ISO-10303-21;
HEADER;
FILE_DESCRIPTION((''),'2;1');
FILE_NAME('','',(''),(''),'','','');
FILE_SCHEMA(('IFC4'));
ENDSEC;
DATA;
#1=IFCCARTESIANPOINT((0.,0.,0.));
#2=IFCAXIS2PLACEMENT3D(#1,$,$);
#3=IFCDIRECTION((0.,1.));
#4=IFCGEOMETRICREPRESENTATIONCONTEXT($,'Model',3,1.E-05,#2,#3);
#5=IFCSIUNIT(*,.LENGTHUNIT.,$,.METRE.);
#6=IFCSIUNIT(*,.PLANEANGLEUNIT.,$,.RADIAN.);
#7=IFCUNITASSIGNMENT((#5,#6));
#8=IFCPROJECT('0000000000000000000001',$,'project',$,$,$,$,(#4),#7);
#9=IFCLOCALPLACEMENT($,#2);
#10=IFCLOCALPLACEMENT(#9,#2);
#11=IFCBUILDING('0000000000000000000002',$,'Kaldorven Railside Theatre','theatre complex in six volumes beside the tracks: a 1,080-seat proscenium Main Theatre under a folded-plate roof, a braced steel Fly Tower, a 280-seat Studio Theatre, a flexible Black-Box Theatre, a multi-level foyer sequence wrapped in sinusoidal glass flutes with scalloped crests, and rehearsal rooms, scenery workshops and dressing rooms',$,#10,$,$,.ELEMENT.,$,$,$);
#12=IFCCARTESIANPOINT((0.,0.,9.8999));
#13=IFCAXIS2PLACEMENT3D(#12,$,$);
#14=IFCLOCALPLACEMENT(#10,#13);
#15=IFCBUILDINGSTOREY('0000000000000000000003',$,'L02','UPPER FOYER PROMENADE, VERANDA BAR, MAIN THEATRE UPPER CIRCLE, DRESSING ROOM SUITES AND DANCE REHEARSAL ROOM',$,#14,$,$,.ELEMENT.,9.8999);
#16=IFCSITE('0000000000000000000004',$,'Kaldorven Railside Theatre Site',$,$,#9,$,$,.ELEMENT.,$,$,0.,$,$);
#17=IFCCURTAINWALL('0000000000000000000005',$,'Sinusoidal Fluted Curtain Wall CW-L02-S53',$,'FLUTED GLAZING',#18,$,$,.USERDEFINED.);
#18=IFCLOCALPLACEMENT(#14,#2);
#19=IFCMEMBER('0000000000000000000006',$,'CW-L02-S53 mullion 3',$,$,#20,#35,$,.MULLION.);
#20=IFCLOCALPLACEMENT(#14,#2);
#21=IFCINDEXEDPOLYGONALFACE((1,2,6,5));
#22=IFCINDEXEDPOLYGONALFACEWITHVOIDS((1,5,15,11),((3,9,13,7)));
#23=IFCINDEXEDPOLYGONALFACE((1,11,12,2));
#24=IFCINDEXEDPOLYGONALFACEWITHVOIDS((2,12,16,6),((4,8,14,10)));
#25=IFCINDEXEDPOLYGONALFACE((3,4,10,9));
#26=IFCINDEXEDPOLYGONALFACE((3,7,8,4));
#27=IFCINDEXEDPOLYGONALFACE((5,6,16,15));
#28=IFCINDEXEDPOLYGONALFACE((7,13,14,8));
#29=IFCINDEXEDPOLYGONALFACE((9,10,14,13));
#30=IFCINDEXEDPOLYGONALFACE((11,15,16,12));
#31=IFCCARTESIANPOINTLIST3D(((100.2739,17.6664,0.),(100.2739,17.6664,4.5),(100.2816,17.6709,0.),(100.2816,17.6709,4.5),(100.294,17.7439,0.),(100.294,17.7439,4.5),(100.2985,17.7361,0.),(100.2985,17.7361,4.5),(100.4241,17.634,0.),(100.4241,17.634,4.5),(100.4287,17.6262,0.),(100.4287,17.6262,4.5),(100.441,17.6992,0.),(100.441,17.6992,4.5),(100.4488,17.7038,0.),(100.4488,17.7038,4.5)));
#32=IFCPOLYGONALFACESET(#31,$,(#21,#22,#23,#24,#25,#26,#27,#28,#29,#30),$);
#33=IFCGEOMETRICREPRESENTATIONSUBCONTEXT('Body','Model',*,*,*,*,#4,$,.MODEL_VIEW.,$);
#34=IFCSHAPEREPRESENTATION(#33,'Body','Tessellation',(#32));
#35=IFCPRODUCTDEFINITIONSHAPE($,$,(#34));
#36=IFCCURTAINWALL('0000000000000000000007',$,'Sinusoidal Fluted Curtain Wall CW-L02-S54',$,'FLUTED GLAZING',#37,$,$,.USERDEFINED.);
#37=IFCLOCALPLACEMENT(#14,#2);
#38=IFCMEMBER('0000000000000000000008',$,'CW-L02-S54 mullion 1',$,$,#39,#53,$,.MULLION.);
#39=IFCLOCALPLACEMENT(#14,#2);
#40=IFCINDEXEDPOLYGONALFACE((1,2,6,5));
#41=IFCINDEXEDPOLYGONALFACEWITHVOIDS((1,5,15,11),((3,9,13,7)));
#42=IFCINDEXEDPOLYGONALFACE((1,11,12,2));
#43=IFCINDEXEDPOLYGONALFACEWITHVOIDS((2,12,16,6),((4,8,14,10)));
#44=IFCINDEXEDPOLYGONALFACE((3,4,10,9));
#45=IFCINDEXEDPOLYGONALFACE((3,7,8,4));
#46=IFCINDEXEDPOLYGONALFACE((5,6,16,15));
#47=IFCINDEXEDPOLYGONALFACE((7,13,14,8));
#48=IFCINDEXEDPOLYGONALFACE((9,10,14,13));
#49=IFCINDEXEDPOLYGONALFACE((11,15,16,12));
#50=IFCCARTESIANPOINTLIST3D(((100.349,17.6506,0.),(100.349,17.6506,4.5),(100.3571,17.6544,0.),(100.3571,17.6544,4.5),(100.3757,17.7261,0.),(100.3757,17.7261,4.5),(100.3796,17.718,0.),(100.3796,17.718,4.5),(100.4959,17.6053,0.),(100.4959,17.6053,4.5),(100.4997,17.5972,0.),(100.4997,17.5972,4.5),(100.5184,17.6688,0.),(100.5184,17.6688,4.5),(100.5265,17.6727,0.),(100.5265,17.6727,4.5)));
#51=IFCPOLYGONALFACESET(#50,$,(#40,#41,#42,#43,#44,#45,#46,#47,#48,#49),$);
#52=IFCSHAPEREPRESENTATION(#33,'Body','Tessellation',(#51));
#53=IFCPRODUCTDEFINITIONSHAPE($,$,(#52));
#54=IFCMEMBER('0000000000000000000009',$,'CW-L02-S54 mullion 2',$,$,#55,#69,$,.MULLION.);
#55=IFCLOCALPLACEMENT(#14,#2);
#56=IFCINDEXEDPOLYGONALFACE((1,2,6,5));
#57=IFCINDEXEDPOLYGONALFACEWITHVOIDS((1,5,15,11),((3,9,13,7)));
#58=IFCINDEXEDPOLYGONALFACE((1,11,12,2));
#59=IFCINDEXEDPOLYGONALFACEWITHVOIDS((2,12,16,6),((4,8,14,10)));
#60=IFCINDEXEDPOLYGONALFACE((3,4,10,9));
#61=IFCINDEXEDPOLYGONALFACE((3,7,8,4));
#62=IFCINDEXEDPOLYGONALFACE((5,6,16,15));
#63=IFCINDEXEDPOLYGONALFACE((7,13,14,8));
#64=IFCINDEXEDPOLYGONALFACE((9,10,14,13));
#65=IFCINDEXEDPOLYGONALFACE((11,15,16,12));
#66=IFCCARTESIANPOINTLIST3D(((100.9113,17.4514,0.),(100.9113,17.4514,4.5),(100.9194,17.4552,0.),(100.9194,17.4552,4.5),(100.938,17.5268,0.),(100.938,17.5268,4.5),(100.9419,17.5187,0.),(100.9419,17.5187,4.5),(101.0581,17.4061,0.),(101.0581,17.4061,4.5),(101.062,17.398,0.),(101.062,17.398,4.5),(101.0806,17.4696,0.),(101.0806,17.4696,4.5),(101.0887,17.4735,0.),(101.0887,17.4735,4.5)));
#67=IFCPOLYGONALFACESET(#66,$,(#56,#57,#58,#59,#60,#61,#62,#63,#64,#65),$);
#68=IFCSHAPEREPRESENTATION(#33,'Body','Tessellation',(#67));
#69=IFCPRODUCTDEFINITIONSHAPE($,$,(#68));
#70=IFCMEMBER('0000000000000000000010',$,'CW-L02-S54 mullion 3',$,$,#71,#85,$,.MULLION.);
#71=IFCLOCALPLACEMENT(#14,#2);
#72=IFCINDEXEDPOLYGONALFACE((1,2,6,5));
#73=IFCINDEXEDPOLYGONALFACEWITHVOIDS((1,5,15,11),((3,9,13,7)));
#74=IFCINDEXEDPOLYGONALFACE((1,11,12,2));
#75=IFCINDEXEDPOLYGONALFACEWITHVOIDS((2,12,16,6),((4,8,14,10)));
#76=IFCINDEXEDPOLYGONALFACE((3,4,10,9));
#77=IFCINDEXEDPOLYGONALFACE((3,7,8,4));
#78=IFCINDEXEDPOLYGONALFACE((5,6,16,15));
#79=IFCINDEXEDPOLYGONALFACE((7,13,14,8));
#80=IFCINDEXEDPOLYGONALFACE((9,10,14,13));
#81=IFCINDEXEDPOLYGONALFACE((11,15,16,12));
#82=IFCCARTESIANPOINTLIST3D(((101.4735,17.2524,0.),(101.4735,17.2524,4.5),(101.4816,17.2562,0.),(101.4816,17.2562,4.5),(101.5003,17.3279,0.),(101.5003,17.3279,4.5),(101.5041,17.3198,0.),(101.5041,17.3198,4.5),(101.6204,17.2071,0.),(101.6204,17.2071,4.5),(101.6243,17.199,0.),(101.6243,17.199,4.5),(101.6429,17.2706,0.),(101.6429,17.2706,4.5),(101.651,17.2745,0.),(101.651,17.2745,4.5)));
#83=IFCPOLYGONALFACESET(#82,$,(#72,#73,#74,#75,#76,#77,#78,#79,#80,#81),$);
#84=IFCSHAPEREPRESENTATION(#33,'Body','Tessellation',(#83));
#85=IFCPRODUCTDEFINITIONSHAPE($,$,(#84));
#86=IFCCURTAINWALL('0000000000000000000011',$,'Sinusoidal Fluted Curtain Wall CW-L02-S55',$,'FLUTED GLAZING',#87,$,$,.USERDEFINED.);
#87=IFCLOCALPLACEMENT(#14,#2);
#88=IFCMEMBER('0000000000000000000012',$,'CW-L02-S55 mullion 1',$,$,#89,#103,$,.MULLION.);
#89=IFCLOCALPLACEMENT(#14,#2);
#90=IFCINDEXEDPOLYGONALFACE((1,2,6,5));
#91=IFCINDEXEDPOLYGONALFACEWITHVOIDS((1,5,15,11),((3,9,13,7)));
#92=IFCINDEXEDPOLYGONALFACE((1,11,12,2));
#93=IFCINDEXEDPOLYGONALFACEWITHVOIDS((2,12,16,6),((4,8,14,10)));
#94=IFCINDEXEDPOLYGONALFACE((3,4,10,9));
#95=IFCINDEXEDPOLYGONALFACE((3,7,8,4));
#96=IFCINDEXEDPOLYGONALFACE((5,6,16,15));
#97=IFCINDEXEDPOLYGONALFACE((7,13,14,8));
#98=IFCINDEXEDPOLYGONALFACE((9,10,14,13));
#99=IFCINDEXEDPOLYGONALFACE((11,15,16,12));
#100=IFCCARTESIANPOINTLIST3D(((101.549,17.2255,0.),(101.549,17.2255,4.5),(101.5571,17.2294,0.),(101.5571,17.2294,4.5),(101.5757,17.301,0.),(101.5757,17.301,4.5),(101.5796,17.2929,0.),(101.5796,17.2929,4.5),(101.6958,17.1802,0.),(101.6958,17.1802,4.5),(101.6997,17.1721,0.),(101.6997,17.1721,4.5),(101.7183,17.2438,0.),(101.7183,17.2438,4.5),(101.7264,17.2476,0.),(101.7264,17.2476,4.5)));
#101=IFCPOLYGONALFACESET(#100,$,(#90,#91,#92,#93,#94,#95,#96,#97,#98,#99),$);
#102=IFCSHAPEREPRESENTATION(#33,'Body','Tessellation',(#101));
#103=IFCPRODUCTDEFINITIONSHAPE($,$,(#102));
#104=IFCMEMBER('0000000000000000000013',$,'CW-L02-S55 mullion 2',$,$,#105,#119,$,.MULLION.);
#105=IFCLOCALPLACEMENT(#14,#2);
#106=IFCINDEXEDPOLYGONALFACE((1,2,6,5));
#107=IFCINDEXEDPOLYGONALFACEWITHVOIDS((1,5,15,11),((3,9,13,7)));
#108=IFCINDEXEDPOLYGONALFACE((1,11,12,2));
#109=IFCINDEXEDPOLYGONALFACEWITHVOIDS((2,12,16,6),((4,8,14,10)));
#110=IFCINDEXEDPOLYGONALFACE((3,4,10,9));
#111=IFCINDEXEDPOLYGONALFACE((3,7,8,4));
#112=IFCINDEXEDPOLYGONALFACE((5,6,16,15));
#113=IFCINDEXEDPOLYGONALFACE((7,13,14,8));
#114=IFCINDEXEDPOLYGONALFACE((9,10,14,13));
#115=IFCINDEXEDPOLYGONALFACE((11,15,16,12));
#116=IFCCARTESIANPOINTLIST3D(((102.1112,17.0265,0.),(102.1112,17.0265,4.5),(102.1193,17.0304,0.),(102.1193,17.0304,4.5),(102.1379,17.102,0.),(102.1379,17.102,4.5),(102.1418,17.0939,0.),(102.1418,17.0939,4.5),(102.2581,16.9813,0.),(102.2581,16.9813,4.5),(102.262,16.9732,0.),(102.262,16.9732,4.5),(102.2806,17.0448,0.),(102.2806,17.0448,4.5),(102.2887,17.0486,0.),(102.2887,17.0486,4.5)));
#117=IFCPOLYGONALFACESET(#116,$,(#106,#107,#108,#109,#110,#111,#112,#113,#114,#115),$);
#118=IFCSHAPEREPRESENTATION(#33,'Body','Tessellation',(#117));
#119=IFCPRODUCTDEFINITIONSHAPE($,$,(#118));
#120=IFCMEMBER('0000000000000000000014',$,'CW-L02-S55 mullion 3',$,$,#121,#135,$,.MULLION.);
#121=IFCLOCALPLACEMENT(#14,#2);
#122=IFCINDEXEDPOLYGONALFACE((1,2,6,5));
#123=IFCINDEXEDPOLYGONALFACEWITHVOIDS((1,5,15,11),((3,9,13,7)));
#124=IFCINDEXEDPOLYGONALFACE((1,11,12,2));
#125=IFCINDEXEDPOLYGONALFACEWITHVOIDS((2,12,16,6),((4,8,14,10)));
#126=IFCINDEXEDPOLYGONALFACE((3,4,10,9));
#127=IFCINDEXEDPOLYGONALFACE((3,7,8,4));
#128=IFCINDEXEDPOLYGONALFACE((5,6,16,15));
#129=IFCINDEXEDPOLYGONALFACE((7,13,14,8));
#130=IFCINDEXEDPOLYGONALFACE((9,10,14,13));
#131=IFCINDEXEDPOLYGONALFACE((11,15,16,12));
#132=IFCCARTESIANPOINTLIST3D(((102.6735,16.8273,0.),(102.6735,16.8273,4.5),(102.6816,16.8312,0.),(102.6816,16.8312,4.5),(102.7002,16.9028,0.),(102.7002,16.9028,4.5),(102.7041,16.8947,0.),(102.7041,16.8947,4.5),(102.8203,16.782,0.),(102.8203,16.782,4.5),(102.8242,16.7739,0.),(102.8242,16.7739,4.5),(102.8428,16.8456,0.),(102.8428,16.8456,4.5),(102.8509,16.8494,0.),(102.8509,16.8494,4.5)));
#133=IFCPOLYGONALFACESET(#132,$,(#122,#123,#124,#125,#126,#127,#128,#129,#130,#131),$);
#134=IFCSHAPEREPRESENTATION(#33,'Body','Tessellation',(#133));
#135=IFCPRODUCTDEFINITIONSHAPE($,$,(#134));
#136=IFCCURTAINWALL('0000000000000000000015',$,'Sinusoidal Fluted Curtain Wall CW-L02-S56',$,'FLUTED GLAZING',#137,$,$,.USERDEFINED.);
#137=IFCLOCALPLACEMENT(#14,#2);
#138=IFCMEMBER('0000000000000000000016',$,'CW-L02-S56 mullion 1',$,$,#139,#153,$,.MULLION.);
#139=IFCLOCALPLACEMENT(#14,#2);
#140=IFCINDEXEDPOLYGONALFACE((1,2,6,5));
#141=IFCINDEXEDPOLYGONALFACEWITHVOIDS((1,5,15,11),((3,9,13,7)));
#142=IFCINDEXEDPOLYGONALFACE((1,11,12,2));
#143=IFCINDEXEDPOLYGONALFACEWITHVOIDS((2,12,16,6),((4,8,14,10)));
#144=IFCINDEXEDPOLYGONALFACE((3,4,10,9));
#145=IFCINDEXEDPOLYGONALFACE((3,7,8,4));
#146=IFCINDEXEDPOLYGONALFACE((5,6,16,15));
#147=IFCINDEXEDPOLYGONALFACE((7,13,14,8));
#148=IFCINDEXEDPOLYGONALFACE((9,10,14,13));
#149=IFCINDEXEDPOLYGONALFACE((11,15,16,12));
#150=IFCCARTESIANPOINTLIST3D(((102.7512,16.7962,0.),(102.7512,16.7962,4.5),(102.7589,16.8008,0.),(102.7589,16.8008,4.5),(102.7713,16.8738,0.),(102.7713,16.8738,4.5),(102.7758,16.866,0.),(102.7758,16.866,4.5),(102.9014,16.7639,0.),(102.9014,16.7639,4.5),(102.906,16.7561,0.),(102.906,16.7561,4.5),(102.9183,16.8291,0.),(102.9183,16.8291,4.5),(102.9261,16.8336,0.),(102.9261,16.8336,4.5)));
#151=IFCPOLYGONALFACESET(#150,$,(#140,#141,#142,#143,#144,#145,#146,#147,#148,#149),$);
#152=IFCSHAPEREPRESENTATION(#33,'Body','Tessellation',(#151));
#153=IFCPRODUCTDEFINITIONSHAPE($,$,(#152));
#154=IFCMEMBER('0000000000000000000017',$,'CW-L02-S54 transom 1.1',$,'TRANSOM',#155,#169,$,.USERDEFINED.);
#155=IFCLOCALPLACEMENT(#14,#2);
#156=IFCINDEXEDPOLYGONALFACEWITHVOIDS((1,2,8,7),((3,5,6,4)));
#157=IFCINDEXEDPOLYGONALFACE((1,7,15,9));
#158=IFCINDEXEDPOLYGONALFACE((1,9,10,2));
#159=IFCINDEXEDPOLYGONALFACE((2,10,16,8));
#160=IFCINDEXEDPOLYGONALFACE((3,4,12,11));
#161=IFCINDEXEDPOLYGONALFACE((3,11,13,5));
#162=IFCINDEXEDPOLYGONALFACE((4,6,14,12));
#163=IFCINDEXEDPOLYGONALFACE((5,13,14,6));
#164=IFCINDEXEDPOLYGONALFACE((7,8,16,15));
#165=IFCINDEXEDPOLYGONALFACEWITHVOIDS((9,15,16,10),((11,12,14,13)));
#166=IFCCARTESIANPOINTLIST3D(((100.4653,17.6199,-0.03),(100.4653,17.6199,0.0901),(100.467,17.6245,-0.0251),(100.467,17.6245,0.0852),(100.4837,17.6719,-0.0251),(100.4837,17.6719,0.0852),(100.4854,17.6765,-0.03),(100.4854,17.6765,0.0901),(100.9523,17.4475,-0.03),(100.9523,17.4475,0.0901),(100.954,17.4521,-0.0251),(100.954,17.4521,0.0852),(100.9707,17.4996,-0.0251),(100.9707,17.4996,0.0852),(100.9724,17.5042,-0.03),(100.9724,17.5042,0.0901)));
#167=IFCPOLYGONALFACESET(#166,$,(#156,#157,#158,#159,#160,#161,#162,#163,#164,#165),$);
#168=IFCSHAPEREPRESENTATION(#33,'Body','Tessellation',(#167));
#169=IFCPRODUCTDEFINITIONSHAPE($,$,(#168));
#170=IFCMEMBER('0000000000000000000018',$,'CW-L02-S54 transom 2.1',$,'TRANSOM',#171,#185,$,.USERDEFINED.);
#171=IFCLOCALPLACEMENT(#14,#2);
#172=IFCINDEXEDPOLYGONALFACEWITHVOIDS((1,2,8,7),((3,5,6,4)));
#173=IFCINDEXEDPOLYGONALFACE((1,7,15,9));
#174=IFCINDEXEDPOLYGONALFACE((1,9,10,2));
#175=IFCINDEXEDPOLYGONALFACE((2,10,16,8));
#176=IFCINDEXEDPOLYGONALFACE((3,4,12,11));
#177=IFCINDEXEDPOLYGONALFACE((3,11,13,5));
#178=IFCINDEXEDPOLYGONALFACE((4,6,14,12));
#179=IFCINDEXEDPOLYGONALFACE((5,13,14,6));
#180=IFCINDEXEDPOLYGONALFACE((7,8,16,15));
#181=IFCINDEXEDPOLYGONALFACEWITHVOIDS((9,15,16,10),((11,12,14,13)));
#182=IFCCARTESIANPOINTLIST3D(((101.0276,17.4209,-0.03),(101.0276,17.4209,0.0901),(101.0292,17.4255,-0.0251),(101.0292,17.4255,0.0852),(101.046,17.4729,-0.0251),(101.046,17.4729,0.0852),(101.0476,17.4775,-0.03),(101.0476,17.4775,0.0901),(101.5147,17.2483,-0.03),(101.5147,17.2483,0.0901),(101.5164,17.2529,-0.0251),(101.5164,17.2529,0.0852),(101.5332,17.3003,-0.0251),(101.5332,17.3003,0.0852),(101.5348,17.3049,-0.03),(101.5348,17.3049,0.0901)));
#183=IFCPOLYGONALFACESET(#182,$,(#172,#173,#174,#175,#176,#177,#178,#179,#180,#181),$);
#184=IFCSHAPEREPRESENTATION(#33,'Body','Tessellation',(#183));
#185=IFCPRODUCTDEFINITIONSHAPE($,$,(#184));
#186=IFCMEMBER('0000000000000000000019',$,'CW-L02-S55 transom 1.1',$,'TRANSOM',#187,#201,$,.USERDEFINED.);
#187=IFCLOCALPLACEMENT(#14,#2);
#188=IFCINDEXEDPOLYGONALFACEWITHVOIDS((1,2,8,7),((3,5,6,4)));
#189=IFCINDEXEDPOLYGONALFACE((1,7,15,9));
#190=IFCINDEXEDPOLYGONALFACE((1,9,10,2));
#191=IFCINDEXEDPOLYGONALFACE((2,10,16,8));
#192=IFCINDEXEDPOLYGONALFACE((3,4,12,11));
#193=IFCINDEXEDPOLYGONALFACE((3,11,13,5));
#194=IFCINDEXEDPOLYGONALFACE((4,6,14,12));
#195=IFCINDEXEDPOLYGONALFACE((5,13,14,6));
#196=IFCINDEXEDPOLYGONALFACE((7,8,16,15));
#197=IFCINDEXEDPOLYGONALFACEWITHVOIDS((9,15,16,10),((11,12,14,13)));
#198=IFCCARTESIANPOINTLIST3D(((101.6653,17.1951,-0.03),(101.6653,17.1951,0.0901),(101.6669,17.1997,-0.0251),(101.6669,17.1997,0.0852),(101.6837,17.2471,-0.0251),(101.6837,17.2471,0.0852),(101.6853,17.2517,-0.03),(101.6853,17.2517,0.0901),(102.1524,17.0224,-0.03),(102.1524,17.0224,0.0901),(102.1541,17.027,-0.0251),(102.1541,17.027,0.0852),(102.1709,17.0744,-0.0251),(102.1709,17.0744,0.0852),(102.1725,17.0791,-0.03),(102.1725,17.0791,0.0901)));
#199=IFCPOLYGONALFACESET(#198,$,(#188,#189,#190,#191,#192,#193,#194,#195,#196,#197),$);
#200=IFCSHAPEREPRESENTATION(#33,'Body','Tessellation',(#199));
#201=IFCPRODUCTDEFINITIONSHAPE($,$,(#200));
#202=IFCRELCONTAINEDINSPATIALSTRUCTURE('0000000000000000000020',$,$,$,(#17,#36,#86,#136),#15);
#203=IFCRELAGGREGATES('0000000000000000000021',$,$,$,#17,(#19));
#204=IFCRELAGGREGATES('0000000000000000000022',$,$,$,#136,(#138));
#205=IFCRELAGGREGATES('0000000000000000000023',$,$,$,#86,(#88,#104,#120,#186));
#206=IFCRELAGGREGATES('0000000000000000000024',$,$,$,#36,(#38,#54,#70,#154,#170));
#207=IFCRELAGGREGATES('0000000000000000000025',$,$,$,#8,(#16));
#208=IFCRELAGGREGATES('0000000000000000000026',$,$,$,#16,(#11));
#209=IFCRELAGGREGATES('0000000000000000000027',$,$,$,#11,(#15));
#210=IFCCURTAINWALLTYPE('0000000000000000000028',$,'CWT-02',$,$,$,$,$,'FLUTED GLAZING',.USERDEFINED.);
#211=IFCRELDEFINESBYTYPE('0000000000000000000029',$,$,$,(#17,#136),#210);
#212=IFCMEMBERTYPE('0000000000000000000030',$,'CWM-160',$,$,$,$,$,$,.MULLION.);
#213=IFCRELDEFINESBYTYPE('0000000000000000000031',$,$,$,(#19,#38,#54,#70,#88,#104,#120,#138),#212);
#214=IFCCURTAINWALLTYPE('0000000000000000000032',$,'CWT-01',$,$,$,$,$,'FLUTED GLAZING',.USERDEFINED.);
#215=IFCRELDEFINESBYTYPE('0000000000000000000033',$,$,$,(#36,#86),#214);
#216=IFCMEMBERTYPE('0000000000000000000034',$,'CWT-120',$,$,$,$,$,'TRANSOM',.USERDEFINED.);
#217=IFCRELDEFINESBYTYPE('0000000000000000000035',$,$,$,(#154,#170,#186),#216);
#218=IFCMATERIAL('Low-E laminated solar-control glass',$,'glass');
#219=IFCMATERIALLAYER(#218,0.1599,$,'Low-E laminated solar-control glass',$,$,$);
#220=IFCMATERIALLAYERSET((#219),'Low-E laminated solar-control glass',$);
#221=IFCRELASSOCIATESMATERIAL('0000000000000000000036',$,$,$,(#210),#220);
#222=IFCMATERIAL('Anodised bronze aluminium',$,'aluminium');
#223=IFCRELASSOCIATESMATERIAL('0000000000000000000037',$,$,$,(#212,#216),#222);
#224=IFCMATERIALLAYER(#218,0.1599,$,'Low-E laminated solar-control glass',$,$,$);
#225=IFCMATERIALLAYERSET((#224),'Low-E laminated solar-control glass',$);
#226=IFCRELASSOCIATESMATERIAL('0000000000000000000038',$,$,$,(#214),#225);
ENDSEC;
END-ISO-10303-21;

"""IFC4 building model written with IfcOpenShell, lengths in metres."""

from ifc_helpers import new_model, si_unit, direction, frame, origin, origin_2d, place, context, subcontext, project, spatial, hollow_rectangle, extrude, material, layer, layer_set, material_profile, profile_set, type_object, element, aggregate, save


model = new_model("IFC4")

# Units and contexts
model_context = context("Model", 3, precision=1e-05, world=origin(), true_north=direction((0.0, 1.0)))
body_context = subcontext(model_context, "Body", "Model", "MODEL_VIEW")
ifc_project = project(units=[si_unit("LENGTHUNIT", "METRE"), si_unit("PLANEANGLEUNIT", "RADIAN")], contexts=[model_context])

# Site, building, storey
site_placement = place(None, origin())
site = spatial("IfcSite", under=ifc_project, at=site_placement, Name="Kaldorven Railside Theatre Site", CompositionType="ELEMENT", RefElevation=0.0)
building_placement = place(site_placement, origin())
building = spatial("IfcBuilding", under=site, at=building_placement, Name="Kaldorven Railside Theatre", Description="theatre complex in six volumes beside the tracks: a 1,080-seat proscenium Main Theatre under a folded-plate roof, a braced steel Fly Tower, a 280-seat Studio Theatre, a flexible Black-Box Theatre, a multi-level foyer sequence wrapped in sinusoidal glass flutes with scalloped crests, and rehearsal rooms, scenery workshops and dressing rooms", CompositionType="ELEMENT")
storey_placement = place(building_placement, frame((0.0, 0.0, 9.8999)))
storey = spatial("IfcBuildingStorey", under=building, at=storey_placement, Name="L02", Description="UPPER FOYER PROMENADE, VERANDA BAR, MAIN THEATRE UPPER CIRCLE, DRESSING ROOM SUITES AND DANCE REHEARSAL ROOM", CompositionType="ELEMENT", Elevation=9.8999)

# Curtain wall, member
ifc_material_1 = material(Name="Low-E laminated solar-control glass", Category="glass")
ifc_layer_1 = layer(ifc_material_1, 0.1599, Name="Low-E laminated solar-control glass")
ifc_layer_set_1 = layer_set([ifc_layer_1], Name="Low-E laminated solar-control glass")
curtain_wall_type_1 = type_object("IfcCurtainWallType", Name="CWT-02", ElementType="FLUTED GLAZING", PredefinedType="USERDEFINED", material=ifc_layer_set_1)
curtain_wall_1_placement = place(storey_placement, origin())
curtain_wall_1 = element("IfcCurtainWall", 1, at=curtain_wall_1_placement, inside=storey, type_object=curtain_wall_type_1, Name="Sinusoidal Fluted Curtain Wall CW-L02-S53", ObjectType="FLUTED GLAZING", PredefinedType="USERDEFINED")
ifc_material_2 = material(Name="Anodised bronze aluminium", Category="aluminium")
ifc_material_profile_1 = material_profile(ifc_material_2, hollow_rectangle(XDim=0.0801, YDim=0.1599, WallThickness=0.0063, at=origin_2d()), Name="RHS 160x80x6.3")
ifc_profile_set_1 = profile_set([ifc_material_profile_1], Name="Anodised bronze aluminium")
member_type_1 = type_object("IfcMemberType", Name="CWM-160", PredefinedType="MULLION", material=ifc_profile_set_1)
member_1_placement = place(storey_placement, frame((100.3613, 17.6851, 0.0), z_axis=(0.0, 0.0, 1.0), x_axis=(0.250954, 0.967999, 0.0)))
member_1 = element("IfcMember", 2, at=member_1_placement, type_object=member_type_1, Name="CW-L02-S53 mullion 3", PredefinedType="MULLION", context=body_context, shape_type="SweptSolid", body=[
    extrude(hollow_rectangle(XDim=0.0801, YDim=0.1599, WallThickness=0.0063, at=origin_2d()), origin(), (0.0, 0.0, 1.0), 4.5),
])
aggregate(curtain_wall_1, [member_1])

# Curtain walls, members
ifc_layer_2 = layer(ifc_material_1, 0.1599, Name="Low-E laminated solar-control glass")
ifc_layer_set_2 = layer_set([ifc_layer_2], Name="Low-E laminated solar-control glass")
curtain_wall_type_2 = type_object("IfcCurtainWallType", Name="CWT-01", ElementType="FLUTED GLAZING", PredefinedType="USERDEFINED", material=ifc_layer_set_2)
curtain_wall_2_placement = place(storey_placement, origin())
curtain_wall_2 = element("IfcCurtainWall", 3, at=curtain_wall_2_placement, inside=storey, type_object=curtain_wall_type_2, Name="Sinusoidal Fluted Curtain Wall CW-L02-S54", ObjectType="FLUTED GLAZING", PredefinedType="USERDEFINED")
member_2_placement = place(storey_placement, frame((100.4377, 17.6616, 0.0), z_axis=(0.0, 0.0, 1.0), x_axis=(0.333847, 0.942627, 0.0)))
member_2 = element("IfcMember", 4, at=member_2_placement, type_object=member_type_1, Name="CW-L02-S54 mullion 1", PredefinedType="MULLION", context=body_context, shape_type="SweptSolid", body=[
    extrude(hollow_rectangle(XDim=0.0801, YDim=0.1599, WallThickness=0.0063, at=origin_2d()), origin(), (0.0, 0.0, 1.0), 4.5),
])
member_3_placement = place(storey_placement, frame((101.0, 17.4624, 0.0), z_axis=(0.0, 0.0, 1.0), x_axis=(0.333847, 0.942627, 0.0)))
member_3 = element("IfcMember", 5, at=member_3_placement, type_object=member_type_1, Name="CW-L02-S54 mullion 2", PredefinedType="MULLION", context=body_context, shape_type="SweptSolid", body=[
    extrude(hollow_rectangle(XDim=0.0801, YDim=0.1599, WallThickness=0.0063, at=origin_2d()), origin(), (0.0, 0.0, 1.0), 4.5),
])
member_4_placement = place(storey_placement, frame((101.5623, 17.2634, 0.0), z_axis=(0.0, 0.0, 1.0), x_axis=(0.333847, 0.942627, 0.0)))
member_4 = element("IfcMember", 6, at=member_4_placement, type_object=member_type_1, Name="CW-L02-S54 mullion 3", PredefinedType="MULLION", context=body_context, shape_type="SweptSolid", body=[
    extrude(hollow_rectangle(XDim=0.0801, YDim=0.1599, WallThickness=0.0063, at=origin_2d()), origin(), (0.0, 0.0, 1.0), 4.5),
])
curtain_wall_3_placement = place(storey_placement, origin())
curtain_wall_3 = element("IfcCurtainWall", 7, at=curtain_wall_3_placement, inside=storey, type_object=curtain_wall_type_2, Name="Sinusoidal Fluted Curtain Wall CW-L02-S55", ObjectType="FLUTED GLAZING", PredefinedType="USERDEFINED")
member_5_placement = place(storey_placement, frame((101.6377, 17.2366, 0.0), z_axis=(0.0, 0.0, 1.0), x_axis=(0.333847, 0.942627, 0.0)))
member_5 = element("IfcMember", 8, at=member_5_placement, type_object=member_type_1, Name="CW-L02-S55 mullion 1", PredefinedType="MULLION", context=body_context, shape_type="SweptSolid", body=[
    extrude(hollow_rectangle(XDim=0.0801, YDim=0.1599, WallThickness=0.0063, at=origin_2d()), origin(), (0.0, 0.0, 1.0), 4.5),
])
member_6_placement = place(storey_placement, frame((102.2, 17.0376, 0.0), z_axis=(0.0, 0.0, 1.0), x_axis=(0.333847, 0.942627, 0.0)))
member_6 = element("IfcMember", 9, at=member_6_placement, type_object=member_type_1, Name="CW-L02-S55 mullion 2", PredefinedType="MULLION", context=body_context, shape_type="SweptSolid", body=[
    extrude(hollow_rectangle(XDim=0.0801, YDim=0.1599, WallThickness=0.0063, at=origin_2d()), origin(), (0.0, 0.0, 1.0), 4.5),
])
member_7_placement = place(storey_placement, frame((102.7622, 16.8384, 0.0), z_axis=(0.0, 0.0, 1.0), x_axis=(0.333847, 0.942627, 0.0)))
member_7 = element("IfcMember", 10, at=member_7_placement, type_object=member_type_1, Name="CW-L02-S55 mullion 3", PredefinedType="MULLION", context=body_context, shape_type="SweptSolid", body=[
    extrude(hollow_rectangle(XDim=0.0801, YDim=0.1599, WallThickness=0.0063, at=origin_2d()), origin(), (0.0, 0.0, 1.0), 4.5),
])

# Curtain wall, member
curtain_wall_4_placement = place(storey_placement, origin())
curtain_wall_4 = element("IfcCurtainWall", 11, at=curtain_wall_4_placement, inside=storey, type_object=curtain_wall_type_1, Name="Sinusoidal Fluted Curtain Wall CW-L02-S56", ObjectType="FLUTED GLAZING", PredefinedType="USERDEFINED")
member_8_placement = place(storey_placement, frame((102.8386, 16.8149, 0.0), z_axis=(0.0, 0.0, 1.0), x_axis=(0.250954, 0.967999, 0.0)))
member_8 = element("IfcMember", 12, at=member_8_placement, type_object=member_type_1, Name="CW-L02-S56 mullion 1", PredefinedType="MULLION", context=body_context, shape_type="SweptSolid", body=[
    extrude(hollow_rectangle(XDim=0.0801, YDim=0.1599, WallThickness=0.0063, at=origin_2d()), origin(), (0.0, 0.0, 1.0), 4.5),
])
aggregate(curtain_wall_4, [member_8])

# Members
ifc_material_profile_2 = material_profile(ifc_material_2, hollow_rectangle(XDim=0.0601, YDim=0.1201, WallThickness=0.0049, at=origin_2d()), Name="RHS 120x60x5")
ifc_profile_set_2 = profile_set([ifc_material_profile_2], Name="Anodised bronze aluminium")
member_type_2 = type_object("IfcMemberType", Name="CWT-120", ElementType="TRANSOM", PredefinedType="USERDEFINED", material=ifc_profile_set_2)
member_9_placement = place(storey_placement, frame((100.4753, 17.6482, 0.03), z_axis=(0.942711, -0.333611, 0.0), x_axis=(0.333611, 0.942711, 0.0)))
member_9 = element("IfcMember", 13, at=member_9_placement, type_object=member_type_2, Name="CW-L02-S54 transom 1.1", ObjectType="TRANSOM", PredefinedType="USERDEFINED", context=body_context, shape_type="SweptSolid", body=[
    extrude(hollow_rectangle(XDim=0.0601, YDim=0.1201, WallThickness=0.0049, at=origin_2d()), origin(), (0.0, 0.0, 1.0), 0.5166),
])
member_10_placement = place(storey_placement, frame((101.0376, 17.4492, 0.03), z_axis=(0.942562, -0.334031, 0.0), x_axis=(0.334031, 0.942562, 0.0)))
member_10 = element("IfcMember", 14, at=member_10_placement, type_object=member_type_2, Name="CW-L02-S54 transom 2.1", ObjectType="TRANSOM", PredefinedType="USERDEFINED", context=body_context, shape_type="SweptSolid", body=[
    extrude(hollow_rectangle(XDim=0.0601, YDim=0.1201, WallThickness=0.0049, at=origin_2d()), origin(), (0.0, 0.0, 1.0), 0.5168),
])
member_11_placement = place(storey_placement, frame((101.6753, 17.2234, 0.03), z_axis=(0.942562, -0.334031, 0.0), x_axis=(0.334031, 0.942562, 0.0)))
member_11 = element("IfcMember", 15, at=member_11_placement, type_object=member_type_2, Name="CW-L02-S55 transom 1.1", ObjectType="TRANSOM", PredefinedType="USERDEFINED", context=body_context, shape_type="SweptSolid", body=[
    extrude(hollow_rectangle(XDim=0.0601, YDim=0.1201, WallThickness=0.0049, at=origin_2d()), origin(), (0.0, 0.0, 1.0), 0.5168),
])
aggregate(curtain_wall_3, [member_5, member_6, member_7, member_11])

aggregate(curtain_wall_2, [member_2, member_3, member_4, member_9, member_10])

save(model, "model.ifc")
